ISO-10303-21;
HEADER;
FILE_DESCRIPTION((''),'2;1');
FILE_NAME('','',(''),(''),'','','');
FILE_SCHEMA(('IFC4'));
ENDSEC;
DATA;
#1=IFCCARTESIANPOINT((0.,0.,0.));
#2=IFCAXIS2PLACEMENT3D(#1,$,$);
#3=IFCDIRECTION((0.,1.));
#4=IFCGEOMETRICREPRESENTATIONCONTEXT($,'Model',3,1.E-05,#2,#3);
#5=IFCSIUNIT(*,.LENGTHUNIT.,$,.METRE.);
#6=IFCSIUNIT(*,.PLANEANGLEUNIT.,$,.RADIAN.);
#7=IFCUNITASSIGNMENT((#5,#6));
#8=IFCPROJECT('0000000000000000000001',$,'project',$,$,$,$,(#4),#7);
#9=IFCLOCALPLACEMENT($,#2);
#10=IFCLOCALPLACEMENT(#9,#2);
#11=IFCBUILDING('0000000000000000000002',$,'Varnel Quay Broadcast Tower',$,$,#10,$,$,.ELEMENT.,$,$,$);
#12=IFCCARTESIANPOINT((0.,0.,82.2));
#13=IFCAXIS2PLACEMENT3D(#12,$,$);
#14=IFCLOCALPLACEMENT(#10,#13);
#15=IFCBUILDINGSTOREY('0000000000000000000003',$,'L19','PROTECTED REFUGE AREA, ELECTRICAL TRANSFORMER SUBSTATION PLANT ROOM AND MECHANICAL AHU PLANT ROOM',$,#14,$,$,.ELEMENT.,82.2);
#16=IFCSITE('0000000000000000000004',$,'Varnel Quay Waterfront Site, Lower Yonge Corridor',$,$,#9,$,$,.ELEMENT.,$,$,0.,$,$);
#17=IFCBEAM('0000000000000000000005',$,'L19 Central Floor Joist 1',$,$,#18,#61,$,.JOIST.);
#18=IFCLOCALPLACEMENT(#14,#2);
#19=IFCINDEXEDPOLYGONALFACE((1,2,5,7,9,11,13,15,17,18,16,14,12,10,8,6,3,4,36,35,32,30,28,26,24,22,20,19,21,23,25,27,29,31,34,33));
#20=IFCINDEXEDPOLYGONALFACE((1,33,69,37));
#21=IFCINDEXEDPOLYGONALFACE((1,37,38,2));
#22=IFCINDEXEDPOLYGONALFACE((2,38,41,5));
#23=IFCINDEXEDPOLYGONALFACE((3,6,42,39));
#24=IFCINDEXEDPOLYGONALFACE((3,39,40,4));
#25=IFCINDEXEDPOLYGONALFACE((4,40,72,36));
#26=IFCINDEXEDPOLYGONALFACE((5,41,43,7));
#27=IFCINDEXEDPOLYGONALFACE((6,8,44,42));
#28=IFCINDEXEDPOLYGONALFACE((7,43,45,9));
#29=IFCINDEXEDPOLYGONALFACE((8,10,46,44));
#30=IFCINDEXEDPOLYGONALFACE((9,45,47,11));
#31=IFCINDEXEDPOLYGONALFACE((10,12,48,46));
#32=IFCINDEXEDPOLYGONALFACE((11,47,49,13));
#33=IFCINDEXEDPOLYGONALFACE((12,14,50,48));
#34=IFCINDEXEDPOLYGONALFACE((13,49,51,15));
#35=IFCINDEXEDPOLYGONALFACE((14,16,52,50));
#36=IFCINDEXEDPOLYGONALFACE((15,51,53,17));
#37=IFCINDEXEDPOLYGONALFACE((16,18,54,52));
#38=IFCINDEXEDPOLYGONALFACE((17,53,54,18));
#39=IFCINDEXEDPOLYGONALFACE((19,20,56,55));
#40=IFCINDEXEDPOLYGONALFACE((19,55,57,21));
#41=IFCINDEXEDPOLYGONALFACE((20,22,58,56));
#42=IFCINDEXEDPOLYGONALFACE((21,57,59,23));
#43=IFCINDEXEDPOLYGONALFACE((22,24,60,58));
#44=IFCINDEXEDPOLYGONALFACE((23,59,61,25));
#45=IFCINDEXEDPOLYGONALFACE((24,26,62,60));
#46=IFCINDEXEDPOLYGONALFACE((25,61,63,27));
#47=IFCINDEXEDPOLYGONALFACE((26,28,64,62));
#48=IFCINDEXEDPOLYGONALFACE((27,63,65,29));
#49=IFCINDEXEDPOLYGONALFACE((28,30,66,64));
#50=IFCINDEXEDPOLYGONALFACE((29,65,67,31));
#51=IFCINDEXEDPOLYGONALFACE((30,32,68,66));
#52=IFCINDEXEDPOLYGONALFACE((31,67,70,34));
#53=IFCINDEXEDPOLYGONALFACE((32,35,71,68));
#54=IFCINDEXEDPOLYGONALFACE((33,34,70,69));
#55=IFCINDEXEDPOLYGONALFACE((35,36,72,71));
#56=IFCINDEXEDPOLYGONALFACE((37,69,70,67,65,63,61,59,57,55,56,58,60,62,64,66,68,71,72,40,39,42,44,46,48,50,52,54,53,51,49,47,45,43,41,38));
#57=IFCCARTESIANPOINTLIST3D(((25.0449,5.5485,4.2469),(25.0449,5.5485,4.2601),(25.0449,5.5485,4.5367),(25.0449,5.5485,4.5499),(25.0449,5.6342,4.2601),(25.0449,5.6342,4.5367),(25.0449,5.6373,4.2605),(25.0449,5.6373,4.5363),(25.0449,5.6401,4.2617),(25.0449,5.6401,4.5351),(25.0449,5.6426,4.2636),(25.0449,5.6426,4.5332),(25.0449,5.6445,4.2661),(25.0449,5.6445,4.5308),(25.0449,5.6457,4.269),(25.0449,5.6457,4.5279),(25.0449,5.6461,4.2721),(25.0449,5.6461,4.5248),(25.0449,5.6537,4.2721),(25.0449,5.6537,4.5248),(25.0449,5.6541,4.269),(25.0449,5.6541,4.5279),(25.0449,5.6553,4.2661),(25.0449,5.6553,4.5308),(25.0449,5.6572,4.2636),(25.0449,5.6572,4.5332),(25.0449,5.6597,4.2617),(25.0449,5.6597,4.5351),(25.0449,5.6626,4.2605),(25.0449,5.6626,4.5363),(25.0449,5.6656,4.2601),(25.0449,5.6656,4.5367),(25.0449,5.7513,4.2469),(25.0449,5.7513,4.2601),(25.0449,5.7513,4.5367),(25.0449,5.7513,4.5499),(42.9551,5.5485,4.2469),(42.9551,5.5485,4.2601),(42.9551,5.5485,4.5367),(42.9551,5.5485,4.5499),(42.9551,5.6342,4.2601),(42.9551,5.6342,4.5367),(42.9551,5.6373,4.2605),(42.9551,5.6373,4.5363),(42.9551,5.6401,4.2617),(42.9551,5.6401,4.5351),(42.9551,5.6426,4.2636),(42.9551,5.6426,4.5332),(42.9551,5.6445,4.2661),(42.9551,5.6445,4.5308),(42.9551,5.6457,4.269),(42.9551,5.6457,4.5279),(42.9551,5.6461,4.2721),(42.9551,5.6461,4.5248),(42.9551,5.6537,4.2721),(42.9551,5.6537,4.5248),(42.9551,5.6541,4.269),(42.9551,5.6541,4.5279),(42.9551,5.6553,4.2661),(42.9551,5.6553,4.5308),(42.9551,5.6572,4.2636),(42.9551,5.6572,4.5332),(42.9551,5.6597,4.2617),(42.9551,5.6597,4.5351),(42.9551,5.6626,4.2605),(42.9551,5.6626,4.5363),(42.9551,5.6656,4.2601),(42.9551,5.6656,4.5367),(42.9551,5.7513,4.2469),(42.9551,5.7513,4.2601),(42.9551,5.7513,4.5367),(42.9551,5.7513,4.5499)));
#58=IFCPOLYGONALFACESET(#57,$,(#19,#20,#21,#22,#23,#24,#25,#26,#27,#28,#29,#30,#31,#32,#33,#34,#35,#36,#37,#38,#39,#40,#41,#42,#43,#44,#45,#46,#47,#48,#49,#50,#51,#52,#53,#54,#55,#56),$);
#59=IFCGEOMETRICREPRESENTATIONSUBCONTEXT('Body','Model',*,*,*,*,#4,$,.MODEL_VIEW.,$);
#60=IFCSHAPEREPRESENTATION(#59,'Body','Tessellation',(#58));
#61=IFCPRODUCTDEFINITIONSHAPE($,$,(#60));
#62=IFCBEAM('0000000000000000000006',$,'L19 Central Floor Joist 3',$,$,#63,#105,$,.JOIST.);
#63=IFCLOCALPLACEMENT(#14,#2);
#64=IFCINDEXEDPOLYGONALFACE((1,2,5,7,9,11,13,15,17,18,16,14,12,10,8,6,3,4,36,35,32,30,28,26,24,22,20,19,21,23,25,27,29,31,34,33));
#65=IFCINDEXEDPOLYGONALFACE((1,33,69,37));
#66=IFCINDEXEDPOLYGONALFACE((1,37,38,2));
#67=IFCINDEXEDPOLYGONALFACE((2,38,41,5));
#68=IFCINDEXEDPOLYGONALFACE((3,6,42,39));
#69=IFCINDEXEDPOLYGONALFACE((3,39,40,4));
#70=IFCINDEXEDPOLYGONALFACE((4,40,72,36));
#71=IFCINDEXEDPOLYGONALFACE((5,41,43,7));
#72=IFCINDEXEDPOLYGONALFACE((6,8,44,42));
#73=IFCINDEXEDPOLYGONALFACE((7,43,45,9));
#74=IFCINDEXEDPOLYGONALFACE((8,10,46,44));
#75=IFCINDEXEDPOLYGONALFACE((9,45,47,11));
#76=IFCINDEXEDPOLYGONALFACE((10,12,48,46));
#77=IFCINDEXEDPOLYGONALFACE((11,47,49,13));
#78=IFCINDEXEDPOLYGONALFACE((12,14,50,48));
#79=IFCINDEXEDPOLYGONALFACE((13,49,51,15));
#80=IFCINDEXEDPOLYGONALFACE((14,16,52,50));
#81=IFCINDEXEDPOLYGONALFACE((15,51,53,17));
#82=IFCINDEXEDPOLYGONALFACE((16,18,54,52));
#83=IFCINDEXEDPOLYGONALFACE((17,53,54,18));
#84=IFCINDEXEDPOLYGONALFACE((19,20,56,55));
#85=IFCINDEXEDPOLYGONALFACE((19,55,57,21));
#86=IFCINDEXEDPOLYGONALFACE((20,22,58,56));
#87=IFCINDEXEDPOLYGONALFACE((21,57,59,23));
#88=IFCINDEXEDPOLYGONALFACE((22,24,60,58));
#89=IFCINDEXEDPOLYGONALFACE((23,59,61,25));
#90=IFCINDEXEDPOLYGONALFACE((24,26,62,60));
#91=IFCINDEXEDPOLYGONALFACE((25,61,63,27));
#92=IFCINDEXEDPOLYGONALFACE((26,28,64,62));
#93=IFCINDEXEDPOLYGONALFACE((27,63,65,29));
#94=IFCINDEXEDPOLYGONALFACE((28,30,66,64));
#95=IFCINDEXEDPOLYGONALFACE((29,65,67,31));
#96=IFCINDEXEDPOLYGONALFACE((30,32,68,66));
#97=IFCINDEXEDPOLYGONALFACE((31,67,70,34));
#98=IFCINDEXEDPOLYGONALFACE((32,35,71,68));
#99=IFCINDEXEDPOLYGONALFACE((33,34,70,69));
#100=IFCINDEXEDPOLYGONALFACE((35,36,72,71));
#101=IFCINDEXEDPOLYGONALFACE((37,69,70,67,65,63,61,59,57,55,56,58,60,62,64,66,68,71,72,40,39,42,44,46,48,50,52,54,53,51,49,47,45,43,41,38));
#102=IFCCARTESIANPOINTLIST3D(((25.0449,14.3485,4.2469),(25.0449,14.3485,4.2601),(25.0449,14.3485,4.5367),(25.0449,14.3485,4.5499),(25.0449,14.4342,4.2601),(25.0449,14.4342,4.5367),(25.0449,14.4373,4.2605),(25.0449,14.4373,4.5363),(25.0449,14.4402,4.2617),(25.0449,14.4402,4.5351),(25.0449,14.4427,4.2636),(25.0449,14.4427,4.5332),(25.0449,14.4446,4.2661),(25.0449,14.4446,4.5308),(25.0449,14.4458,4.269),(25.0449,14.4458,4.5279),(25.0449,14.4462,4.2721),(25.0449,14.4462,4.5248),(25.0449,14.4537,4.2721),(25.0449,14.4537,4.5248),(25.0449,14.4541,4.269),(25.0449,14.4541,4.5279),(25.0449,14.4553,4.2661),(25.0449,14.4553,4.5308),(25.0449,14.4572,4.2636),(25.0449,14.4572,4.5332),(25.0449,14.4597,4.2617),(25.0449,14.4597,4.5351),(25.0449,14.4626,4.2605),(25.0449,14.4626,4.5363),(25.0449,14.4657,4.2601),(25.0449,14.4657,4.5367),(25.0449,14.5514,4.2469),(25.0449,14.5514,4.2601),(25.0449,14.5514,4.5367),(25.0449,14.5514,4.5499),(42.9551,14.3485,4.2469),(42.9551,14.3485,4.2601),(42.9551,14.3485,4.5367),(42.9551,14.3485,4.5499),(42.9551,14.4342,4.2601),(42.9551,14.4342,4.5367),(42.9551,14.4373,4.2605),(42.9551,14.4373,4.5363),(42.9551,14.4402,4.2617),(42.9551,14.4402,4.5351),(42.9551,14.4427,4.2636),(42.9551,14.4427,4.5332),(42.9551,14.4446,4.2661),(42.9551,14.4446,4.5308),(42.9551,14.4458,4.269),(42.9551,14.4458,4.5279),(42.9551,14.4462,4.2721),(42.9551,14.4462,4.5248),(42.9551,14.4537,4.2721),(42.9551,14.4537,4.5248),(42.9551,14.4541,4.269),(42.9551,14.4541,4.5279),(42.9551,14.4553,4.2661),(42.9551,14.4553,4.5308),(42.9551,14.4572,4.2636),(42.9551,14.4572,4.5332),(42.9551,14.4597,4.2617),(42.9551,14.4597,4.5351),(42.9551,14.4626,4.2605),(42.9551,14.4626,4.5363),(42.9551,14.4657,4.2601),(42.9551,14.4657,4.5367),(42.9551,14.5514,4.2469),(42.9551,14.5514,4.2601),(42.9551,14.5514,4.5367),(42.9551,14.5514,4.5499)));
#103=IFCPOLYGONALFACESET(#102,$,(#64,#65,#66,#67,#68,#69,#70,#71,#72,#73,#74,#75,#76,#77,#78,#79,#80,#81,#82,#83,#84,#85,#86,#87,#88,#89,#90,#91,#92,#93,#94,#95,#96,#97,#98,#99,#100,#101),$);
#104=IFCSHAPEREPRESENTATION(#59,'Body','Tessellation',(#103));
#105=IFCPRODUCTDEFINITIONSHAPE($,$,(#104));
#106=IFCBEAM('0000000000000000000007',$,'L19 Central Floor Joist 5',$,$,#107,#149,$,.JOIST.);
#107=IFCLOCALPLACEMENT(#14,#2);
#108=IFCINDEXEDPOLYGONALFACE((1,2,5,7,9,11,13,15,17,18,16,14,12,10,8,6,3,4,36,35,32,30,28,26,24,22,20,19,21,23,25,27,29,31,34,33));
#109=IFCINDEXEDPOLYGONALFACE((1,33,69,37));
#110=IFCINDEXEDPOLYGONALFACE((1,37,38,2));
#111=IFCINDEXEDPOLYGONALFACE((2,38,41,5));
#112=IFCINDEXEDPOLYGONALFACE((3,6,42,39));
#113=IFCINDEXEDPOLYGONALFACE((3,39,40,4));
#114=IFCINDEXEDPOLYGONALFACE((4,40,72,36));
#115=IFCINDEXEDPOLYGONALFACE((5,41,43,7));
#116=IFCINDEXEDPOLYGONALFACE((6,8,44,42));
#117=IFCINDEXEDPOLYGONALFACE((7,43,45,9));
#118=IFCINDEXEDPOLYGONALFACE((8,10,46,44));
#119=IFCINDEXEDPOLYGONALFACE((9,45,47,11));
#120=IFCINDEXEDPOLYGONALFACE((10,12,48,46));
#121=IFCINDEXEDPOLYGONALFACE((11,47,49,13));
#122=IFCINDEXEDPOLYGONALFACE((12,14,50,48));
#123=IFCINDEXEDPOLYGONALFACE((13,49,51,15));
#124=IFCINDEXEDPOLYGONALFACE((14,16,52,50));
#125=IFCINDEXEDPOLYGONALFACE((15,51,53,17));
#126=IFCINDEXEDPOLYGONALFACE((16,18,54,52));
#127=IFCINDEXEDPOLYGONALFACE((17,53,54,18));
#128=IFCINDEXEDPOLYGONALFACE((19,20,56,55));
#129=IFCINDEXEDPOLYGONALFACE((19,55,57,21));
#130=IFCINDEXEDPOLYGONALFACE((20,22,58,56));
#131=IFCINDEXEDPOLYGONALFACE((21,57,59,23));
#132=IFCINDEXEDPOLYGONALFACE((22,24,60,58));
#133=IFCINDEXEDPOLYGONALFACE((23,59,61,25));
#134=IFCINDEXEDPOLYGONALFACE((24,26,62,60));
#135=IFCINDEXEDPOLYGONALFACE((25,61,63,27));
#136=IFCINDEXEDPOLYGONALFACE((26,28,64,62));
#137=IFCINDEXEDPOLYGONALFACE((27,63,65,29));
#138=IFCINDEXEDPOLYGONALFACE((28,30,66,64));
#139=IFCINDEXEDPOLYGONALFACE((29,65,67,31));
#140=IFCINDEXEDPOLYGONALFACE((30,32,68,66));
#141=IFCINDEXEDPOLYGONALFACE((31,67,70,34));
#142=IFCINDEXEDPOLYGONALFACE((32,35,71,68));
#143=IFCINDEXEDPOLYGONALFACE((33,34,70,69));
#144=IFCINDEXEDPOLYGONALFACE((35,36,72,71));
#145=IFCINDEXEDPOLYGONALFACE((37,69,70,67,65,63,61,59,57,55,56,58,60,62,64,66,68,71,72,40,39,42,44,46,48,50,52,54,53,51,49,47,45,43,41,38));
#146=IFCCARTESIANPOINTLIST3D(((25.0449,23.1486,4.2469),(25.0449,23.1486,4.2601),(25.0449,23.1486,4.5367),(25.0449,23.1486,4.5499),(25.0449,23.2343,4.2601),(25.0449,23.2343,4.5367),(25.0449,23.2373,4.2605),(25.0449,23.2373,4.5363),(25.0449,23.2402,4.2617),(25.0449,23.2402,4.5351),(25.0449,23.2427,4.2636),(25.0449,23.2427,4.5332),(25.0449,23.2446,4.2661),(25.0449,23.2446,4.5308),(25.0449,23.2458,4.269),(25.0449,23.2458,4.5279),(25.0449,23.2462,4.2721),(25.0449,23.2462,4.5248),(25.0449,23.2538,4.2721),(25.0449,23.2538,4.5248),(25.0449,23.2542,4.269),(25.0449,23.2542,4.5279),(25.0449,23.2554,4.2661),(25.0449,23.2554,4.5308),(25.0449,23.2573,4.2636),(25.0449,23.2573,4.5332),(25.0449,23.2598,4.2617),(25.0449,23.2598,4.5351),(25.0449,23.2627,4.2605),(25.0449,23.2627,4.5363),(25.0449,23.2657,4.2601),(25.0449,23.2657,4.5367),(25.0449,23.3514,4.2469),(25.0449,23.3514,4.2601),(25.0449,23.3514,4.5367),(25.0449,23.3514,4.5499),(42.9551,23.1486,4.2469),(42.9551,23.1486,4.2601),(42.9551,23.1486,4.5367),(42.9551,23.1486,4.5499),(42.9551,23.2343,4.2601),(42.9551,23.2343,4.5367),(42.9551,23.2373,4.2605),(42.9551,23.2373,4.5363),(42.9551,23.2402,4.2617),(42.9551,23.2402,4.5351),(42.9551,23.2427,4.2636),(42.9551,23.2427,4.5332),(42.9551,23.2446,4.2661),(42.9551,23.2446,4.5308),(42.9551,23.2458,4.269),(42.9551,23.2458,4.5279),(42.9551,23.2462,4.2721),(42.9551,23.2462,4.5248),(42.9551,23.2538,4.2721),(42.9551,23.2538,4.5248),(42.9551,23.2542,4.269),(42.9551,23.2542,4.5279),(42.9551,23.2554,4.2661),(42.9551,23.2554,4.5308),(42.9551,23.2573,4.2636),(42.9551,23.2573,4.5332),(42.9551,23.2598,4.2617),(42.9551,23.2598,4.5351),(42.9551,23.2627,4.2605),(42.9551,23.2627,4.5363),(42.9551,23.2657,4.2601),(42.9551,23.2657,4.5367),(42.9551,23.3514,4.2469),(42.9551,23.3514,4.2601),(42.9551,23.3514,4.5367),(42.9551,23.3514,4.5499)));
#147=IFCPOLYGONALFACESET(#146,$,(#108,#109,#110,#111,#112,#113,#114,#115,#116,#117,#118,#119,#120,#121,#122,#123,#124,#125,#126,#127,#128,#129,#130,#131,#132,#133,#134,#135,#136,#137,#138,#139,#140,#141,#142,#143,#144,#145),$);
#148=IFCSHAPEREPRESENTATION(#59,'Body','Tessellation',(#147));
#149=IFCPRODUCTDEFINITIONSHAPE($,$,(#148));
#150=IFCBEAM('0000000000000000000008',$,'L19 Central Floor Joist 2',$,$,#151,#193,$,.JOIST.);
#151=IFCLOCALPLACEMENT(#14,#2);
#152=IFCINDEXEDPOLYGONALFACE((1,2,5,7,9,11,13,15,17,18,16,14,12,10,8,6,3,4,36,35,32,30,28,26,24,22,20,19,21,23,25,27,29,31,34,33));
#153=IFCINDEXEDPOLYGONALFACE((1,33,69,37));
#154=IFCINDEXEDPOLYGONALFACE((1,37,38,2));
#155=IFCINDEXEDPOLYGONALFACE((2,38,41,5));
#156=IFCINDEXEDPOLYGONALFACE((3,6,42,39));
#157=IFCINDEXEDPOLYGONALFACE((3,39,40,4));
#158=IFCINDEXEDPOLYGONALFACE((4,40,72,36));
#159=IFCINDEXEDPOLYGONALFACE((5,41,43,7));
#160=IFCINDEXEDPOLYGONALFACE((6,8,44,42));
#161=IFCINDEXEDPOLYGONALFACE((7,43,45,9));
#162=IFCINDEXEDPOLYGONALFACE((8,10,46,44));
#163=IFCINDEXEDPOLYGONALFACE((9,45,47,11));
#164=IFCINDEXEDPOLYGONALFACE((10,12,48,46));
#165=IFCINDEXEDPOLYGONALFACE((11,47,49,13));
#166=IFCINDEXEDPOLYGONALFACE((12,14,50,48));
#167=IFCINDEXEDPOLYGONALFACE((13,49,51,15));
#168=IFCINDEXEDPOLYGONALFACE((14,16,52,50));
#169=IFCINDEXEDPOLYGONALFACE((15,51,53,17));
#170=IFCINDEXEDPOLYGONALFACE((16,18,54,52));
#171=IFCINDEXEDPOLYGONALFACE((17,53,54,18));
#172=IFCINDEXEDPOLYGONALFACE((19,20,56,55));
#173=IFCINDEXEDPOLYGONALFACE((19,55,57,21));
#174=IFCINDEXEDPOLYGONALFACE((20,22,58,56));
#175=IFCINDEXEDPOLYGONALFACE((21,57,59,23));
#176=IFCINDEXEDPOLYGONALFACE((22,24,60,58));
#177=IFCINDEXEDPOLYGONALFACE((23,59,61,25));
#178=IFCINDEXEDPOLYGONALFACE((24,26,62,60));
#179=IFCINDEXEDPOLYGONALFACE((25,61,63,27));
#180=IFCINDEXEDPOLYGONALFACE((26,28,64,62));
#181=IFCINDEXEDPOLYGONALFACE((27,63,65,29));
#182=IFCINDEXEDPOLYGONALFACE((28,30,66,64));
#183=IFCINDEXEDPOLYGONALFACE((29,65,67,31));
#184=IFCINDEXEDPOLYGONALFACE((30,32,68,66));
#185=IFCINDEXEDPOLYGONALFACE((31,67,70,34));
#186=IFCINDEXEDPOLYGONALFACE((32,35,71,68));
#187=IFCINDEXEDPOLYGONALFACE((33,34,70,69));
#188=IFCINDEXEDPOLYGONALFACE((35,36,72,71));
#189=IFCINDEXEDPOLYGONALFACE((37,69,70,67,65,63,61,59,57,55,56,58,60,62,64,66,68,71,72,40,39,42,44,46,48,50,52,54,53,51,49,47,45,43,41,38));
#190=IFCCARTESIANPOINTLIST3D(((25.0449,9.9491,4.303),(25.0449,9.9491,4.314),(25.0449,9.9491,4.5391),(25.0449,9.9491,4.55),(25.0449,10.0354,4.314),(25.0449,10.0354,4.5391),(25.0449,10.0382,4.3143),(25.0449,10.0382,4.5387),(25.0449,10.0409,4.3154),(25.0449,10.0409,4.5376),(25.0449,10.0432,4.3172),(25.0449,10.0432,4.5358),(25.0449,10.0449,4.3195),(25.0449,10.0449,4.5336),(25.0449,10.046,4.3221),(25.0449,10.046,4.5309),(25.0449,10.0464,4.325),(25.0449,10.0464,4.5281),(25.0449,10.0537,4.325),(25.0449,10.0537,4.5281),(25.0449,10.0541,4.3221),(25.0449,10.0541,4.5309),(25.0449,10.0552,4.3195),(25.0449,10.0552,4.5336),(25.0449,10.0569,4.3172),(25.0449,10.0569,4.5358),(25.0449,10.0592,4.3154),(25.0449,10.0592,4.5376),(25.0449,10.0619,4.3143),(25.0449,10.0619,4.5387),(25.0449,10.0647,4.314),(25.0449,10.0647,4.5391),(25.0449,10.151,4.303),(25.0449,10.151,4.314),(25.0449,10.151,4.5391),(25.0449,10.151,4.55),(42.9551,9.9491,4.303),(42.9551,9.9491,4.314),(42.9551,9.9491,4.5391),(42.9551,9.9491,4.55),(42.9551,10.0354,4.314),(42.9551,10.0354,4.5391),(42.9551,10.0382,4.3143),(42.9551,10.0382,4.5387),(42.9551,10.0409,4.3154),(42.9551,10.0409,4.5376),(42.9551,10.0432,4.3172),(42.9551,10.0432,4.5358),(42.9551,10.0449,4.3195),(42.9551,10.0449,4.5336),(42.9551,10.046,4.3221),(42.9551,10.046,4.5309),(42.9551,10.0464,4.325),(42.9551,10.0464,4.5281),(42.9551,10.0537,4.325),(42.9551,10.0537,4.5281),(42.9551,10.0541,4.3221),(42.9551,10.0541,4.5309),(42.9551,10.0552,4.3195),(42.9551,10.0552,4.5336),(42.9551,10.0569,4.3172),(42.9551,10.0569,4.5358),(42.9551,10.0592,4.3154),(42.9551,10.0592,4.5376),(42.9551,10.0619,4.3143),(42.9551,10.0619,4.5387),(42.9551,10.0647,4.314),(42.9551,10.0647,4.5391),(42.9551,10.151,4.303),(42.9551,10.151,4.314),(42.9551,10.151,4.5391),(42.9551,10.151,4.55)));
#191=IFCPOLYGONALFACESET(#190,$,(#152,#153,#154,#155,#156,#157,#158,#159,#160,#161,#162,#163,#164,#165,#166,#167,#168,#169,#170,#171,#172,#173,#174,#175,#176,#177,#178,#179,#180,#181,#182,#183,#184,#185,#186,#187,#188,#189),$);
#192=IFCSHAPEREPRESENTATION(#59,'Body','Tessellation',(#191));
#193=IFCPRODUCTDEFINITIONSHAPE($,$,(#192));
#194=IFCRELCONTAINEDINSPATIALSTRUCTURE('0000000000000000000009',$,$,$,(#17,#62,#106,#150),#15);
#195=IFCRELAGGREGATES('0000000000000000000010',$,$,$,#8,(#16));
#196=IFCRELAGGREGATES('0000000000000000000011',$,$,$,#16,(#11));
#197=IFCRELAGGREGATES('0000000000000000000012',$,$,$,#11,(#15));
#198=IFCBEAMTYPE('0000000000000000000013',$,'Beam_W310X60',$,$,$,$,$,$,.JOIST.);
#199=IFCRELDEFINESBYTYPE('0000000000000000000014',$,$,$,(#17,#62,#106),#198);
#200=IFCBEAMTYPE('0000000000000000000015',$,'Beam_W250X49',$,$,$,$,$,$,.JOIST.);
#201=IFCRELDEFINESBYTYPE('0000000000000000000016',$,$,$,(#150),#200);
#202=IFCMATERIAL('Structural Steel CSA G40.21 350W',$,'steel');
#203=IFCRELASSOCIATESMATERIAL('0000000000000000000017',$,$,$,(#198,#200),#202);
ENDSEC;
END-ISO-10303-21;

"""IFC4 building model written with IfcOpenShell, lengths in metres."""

from ifc_helpers import new_model, si_unit, direction, frame, origin, origin_2d, place, context, subcontext, project, spatial, i_section, extrude, source, transform, mapped, material, material_profile, profile_set, type_object, type_shapes, element, save


model = new_model("IFC4")

# Units and contexts
model_context = context("Model", 3, precision=1e-05, world=origin(), true_north=direction((0.0, 1.0)))
body_context = subcontext(model_context, "Body", "Model", "MODEL_VIEW")
ifc_project = project(units=[si_unit("LENGTHUNIT", "METRE"), si_unit("PLANEANGLEUNIT", "RADIAN")], contexts=[model_context])

# Site, building, storey
site_placement = place(None, origin())
site = spatial("IfcSite", under=ifc_project, at=site_placement, Name="Varnel Quay Waterfront Site, Lower Yonge Corridor", CompositionType="ELEMENT", RefElevation=0.0)
building_placement = place(site_placement, origin())
building = spatial("IfcBuilding", under=site, at=building_placement, Name="Varnel Quay Broadcast Tower", CompositionType="ELEMENT")
storey_placement = place(building_placement, frame((0.0, 0.0, 82.2)))
storey = spatial("IfcBuildingStorey", under=building, at=storey_placement, Name="L19", Description="PROTECTED REFUGE AREA, ELECTRICAL TRANSFORMER SUBSTATION PLANT ROOM AND MECHANICAL AHU PLANT ROOM", CompositionType="ELEMENT", Elevation=82.2)

# Shared definitions
ifc_material_1 = material(Name="Structural Steel CSA G40.21 350W", Category="steel")

# Beams
ifc_material_profile_1 = material_profile(ifc_material_1, i_section(OverallWidth=0.2029, OverallDepth=0.303, WebThickness=0.0076, FlangeThickness=0.0132, FilletRadius=0.012, at=origin_2d()), Name="W310X60")
ifc_profile_set_1 = profile_set([ifc_material_profile_1], Name="Structural Steel CSA G40.21 350W")
beam_type_1 = type_object("IfcBeamType", Name="Beam_W310X60", PredefinedType="JOIST", material=ifc_profile_set_1)
shared_shape_1 = source(origin(), body_context, "Body", "SweptSolid", [
    extrude(i_section(OverallWidth=0.2029, OverallDepth=0.303, WebThickness=0.0076, FlangeThickness=0.0132, FilletRadius=0.012, at=origin_2d()), origin(), (0.0, 0.0, 1.0), 17.9102),
])
type_shapes(beam_type_1, [shared_shape_1])
for number, where, z_axis, x_axis, name in (
    (1, (25.0449, 5.6499, 4.3984), (1.0, 0.0, 0.0), (0.0, 1.0, 0.0), "L19 Central Floor Joist 1"),
    (2, (25.0449, 14.45, 4.3984), (1.0, 0.0, 0.0), (0.0, 1.0, 0.0), "L19 Central Floor Joist 3"),
    (3, (25.0449, 23.25, 4.3984), (1.0, 0.0, 0.0), (0.0, 1.0, 0.0), "L19 Central Floor Joist 5"),
):
    element("IfcBeam", number, at=place(storey_placement, frame(where, z_axis=z_axis, x_axis=x_axis)), inside=storey, type_object=beam_type_1, Name=name, PredefinedType="JOIST", context=body_context, shape_type="MappedRepresentation", body=[
        mapped(shared_shape_1, transform((0.0, 0.0, 0.0), x_axis=(1.0, 0.0, 0.0), y_axis=(0.0, 1.0, 0.0), z_axis=(0.0, 0.0, 1.0), scale=1.0)),
    ])
ifc_material_profile_2 = material_profile(ifc_material_1, i_section(OverallWidth=0.2019, OverallDepth=0.2471, WebThickness=0.0073, FlangeThickness=0.011, FilletRadius=0.011, at=origin_2d()), Name="W250X49")
ifc_profile_set_2 = profile_set([ifc_material_profile_2], Name="Structural Steel CSA G40.21 350W")
beam_type_2 = type_object("IfcBeamType", Name="Beam_W250X49", PredefinedType="JOIST", material=ifc_profile_set_2)
shared_shape_2 = source(origin(), body_context, "Body", "SweptSolid", [
    extrude(i_section(OverallWidth=0.2019, OverallDepth=0.2471, WebThickness=0.0073, FlangeThickness=0.011, FilletRadius=0.011, at=origin_2d()), origin(), (0.0, 0.0, 1.0), 17.9102),
])
type_shapes(beam_type_2, [shared_shape_2])
beam_1_placement = place(storey_placement, frame((25.0449, 10.05, 4.4265), z_axis=(1.0, 0.0, 0.0), x_axis=(0.0, 1.0, 0.0)))
element("IfcBeam", 4, at=beam_1_placement, inside=storey, type_object=beam_type_2, Name="L19 Central Floor Joist 2", PredefinedType="JOIST", context=body_context, shape_type="MappedRepresentation", body=[
    mapped(shared_shape_2, transform((0.0, 0.0, 0.0), x_axis=(1.0, 0.0, 0.0), y_axis=(0.0, 1.0, 0.0), z_axis=(0.0, 0.0, 1.0), scale=1.0)),
])

save(model, "model.ifc")
